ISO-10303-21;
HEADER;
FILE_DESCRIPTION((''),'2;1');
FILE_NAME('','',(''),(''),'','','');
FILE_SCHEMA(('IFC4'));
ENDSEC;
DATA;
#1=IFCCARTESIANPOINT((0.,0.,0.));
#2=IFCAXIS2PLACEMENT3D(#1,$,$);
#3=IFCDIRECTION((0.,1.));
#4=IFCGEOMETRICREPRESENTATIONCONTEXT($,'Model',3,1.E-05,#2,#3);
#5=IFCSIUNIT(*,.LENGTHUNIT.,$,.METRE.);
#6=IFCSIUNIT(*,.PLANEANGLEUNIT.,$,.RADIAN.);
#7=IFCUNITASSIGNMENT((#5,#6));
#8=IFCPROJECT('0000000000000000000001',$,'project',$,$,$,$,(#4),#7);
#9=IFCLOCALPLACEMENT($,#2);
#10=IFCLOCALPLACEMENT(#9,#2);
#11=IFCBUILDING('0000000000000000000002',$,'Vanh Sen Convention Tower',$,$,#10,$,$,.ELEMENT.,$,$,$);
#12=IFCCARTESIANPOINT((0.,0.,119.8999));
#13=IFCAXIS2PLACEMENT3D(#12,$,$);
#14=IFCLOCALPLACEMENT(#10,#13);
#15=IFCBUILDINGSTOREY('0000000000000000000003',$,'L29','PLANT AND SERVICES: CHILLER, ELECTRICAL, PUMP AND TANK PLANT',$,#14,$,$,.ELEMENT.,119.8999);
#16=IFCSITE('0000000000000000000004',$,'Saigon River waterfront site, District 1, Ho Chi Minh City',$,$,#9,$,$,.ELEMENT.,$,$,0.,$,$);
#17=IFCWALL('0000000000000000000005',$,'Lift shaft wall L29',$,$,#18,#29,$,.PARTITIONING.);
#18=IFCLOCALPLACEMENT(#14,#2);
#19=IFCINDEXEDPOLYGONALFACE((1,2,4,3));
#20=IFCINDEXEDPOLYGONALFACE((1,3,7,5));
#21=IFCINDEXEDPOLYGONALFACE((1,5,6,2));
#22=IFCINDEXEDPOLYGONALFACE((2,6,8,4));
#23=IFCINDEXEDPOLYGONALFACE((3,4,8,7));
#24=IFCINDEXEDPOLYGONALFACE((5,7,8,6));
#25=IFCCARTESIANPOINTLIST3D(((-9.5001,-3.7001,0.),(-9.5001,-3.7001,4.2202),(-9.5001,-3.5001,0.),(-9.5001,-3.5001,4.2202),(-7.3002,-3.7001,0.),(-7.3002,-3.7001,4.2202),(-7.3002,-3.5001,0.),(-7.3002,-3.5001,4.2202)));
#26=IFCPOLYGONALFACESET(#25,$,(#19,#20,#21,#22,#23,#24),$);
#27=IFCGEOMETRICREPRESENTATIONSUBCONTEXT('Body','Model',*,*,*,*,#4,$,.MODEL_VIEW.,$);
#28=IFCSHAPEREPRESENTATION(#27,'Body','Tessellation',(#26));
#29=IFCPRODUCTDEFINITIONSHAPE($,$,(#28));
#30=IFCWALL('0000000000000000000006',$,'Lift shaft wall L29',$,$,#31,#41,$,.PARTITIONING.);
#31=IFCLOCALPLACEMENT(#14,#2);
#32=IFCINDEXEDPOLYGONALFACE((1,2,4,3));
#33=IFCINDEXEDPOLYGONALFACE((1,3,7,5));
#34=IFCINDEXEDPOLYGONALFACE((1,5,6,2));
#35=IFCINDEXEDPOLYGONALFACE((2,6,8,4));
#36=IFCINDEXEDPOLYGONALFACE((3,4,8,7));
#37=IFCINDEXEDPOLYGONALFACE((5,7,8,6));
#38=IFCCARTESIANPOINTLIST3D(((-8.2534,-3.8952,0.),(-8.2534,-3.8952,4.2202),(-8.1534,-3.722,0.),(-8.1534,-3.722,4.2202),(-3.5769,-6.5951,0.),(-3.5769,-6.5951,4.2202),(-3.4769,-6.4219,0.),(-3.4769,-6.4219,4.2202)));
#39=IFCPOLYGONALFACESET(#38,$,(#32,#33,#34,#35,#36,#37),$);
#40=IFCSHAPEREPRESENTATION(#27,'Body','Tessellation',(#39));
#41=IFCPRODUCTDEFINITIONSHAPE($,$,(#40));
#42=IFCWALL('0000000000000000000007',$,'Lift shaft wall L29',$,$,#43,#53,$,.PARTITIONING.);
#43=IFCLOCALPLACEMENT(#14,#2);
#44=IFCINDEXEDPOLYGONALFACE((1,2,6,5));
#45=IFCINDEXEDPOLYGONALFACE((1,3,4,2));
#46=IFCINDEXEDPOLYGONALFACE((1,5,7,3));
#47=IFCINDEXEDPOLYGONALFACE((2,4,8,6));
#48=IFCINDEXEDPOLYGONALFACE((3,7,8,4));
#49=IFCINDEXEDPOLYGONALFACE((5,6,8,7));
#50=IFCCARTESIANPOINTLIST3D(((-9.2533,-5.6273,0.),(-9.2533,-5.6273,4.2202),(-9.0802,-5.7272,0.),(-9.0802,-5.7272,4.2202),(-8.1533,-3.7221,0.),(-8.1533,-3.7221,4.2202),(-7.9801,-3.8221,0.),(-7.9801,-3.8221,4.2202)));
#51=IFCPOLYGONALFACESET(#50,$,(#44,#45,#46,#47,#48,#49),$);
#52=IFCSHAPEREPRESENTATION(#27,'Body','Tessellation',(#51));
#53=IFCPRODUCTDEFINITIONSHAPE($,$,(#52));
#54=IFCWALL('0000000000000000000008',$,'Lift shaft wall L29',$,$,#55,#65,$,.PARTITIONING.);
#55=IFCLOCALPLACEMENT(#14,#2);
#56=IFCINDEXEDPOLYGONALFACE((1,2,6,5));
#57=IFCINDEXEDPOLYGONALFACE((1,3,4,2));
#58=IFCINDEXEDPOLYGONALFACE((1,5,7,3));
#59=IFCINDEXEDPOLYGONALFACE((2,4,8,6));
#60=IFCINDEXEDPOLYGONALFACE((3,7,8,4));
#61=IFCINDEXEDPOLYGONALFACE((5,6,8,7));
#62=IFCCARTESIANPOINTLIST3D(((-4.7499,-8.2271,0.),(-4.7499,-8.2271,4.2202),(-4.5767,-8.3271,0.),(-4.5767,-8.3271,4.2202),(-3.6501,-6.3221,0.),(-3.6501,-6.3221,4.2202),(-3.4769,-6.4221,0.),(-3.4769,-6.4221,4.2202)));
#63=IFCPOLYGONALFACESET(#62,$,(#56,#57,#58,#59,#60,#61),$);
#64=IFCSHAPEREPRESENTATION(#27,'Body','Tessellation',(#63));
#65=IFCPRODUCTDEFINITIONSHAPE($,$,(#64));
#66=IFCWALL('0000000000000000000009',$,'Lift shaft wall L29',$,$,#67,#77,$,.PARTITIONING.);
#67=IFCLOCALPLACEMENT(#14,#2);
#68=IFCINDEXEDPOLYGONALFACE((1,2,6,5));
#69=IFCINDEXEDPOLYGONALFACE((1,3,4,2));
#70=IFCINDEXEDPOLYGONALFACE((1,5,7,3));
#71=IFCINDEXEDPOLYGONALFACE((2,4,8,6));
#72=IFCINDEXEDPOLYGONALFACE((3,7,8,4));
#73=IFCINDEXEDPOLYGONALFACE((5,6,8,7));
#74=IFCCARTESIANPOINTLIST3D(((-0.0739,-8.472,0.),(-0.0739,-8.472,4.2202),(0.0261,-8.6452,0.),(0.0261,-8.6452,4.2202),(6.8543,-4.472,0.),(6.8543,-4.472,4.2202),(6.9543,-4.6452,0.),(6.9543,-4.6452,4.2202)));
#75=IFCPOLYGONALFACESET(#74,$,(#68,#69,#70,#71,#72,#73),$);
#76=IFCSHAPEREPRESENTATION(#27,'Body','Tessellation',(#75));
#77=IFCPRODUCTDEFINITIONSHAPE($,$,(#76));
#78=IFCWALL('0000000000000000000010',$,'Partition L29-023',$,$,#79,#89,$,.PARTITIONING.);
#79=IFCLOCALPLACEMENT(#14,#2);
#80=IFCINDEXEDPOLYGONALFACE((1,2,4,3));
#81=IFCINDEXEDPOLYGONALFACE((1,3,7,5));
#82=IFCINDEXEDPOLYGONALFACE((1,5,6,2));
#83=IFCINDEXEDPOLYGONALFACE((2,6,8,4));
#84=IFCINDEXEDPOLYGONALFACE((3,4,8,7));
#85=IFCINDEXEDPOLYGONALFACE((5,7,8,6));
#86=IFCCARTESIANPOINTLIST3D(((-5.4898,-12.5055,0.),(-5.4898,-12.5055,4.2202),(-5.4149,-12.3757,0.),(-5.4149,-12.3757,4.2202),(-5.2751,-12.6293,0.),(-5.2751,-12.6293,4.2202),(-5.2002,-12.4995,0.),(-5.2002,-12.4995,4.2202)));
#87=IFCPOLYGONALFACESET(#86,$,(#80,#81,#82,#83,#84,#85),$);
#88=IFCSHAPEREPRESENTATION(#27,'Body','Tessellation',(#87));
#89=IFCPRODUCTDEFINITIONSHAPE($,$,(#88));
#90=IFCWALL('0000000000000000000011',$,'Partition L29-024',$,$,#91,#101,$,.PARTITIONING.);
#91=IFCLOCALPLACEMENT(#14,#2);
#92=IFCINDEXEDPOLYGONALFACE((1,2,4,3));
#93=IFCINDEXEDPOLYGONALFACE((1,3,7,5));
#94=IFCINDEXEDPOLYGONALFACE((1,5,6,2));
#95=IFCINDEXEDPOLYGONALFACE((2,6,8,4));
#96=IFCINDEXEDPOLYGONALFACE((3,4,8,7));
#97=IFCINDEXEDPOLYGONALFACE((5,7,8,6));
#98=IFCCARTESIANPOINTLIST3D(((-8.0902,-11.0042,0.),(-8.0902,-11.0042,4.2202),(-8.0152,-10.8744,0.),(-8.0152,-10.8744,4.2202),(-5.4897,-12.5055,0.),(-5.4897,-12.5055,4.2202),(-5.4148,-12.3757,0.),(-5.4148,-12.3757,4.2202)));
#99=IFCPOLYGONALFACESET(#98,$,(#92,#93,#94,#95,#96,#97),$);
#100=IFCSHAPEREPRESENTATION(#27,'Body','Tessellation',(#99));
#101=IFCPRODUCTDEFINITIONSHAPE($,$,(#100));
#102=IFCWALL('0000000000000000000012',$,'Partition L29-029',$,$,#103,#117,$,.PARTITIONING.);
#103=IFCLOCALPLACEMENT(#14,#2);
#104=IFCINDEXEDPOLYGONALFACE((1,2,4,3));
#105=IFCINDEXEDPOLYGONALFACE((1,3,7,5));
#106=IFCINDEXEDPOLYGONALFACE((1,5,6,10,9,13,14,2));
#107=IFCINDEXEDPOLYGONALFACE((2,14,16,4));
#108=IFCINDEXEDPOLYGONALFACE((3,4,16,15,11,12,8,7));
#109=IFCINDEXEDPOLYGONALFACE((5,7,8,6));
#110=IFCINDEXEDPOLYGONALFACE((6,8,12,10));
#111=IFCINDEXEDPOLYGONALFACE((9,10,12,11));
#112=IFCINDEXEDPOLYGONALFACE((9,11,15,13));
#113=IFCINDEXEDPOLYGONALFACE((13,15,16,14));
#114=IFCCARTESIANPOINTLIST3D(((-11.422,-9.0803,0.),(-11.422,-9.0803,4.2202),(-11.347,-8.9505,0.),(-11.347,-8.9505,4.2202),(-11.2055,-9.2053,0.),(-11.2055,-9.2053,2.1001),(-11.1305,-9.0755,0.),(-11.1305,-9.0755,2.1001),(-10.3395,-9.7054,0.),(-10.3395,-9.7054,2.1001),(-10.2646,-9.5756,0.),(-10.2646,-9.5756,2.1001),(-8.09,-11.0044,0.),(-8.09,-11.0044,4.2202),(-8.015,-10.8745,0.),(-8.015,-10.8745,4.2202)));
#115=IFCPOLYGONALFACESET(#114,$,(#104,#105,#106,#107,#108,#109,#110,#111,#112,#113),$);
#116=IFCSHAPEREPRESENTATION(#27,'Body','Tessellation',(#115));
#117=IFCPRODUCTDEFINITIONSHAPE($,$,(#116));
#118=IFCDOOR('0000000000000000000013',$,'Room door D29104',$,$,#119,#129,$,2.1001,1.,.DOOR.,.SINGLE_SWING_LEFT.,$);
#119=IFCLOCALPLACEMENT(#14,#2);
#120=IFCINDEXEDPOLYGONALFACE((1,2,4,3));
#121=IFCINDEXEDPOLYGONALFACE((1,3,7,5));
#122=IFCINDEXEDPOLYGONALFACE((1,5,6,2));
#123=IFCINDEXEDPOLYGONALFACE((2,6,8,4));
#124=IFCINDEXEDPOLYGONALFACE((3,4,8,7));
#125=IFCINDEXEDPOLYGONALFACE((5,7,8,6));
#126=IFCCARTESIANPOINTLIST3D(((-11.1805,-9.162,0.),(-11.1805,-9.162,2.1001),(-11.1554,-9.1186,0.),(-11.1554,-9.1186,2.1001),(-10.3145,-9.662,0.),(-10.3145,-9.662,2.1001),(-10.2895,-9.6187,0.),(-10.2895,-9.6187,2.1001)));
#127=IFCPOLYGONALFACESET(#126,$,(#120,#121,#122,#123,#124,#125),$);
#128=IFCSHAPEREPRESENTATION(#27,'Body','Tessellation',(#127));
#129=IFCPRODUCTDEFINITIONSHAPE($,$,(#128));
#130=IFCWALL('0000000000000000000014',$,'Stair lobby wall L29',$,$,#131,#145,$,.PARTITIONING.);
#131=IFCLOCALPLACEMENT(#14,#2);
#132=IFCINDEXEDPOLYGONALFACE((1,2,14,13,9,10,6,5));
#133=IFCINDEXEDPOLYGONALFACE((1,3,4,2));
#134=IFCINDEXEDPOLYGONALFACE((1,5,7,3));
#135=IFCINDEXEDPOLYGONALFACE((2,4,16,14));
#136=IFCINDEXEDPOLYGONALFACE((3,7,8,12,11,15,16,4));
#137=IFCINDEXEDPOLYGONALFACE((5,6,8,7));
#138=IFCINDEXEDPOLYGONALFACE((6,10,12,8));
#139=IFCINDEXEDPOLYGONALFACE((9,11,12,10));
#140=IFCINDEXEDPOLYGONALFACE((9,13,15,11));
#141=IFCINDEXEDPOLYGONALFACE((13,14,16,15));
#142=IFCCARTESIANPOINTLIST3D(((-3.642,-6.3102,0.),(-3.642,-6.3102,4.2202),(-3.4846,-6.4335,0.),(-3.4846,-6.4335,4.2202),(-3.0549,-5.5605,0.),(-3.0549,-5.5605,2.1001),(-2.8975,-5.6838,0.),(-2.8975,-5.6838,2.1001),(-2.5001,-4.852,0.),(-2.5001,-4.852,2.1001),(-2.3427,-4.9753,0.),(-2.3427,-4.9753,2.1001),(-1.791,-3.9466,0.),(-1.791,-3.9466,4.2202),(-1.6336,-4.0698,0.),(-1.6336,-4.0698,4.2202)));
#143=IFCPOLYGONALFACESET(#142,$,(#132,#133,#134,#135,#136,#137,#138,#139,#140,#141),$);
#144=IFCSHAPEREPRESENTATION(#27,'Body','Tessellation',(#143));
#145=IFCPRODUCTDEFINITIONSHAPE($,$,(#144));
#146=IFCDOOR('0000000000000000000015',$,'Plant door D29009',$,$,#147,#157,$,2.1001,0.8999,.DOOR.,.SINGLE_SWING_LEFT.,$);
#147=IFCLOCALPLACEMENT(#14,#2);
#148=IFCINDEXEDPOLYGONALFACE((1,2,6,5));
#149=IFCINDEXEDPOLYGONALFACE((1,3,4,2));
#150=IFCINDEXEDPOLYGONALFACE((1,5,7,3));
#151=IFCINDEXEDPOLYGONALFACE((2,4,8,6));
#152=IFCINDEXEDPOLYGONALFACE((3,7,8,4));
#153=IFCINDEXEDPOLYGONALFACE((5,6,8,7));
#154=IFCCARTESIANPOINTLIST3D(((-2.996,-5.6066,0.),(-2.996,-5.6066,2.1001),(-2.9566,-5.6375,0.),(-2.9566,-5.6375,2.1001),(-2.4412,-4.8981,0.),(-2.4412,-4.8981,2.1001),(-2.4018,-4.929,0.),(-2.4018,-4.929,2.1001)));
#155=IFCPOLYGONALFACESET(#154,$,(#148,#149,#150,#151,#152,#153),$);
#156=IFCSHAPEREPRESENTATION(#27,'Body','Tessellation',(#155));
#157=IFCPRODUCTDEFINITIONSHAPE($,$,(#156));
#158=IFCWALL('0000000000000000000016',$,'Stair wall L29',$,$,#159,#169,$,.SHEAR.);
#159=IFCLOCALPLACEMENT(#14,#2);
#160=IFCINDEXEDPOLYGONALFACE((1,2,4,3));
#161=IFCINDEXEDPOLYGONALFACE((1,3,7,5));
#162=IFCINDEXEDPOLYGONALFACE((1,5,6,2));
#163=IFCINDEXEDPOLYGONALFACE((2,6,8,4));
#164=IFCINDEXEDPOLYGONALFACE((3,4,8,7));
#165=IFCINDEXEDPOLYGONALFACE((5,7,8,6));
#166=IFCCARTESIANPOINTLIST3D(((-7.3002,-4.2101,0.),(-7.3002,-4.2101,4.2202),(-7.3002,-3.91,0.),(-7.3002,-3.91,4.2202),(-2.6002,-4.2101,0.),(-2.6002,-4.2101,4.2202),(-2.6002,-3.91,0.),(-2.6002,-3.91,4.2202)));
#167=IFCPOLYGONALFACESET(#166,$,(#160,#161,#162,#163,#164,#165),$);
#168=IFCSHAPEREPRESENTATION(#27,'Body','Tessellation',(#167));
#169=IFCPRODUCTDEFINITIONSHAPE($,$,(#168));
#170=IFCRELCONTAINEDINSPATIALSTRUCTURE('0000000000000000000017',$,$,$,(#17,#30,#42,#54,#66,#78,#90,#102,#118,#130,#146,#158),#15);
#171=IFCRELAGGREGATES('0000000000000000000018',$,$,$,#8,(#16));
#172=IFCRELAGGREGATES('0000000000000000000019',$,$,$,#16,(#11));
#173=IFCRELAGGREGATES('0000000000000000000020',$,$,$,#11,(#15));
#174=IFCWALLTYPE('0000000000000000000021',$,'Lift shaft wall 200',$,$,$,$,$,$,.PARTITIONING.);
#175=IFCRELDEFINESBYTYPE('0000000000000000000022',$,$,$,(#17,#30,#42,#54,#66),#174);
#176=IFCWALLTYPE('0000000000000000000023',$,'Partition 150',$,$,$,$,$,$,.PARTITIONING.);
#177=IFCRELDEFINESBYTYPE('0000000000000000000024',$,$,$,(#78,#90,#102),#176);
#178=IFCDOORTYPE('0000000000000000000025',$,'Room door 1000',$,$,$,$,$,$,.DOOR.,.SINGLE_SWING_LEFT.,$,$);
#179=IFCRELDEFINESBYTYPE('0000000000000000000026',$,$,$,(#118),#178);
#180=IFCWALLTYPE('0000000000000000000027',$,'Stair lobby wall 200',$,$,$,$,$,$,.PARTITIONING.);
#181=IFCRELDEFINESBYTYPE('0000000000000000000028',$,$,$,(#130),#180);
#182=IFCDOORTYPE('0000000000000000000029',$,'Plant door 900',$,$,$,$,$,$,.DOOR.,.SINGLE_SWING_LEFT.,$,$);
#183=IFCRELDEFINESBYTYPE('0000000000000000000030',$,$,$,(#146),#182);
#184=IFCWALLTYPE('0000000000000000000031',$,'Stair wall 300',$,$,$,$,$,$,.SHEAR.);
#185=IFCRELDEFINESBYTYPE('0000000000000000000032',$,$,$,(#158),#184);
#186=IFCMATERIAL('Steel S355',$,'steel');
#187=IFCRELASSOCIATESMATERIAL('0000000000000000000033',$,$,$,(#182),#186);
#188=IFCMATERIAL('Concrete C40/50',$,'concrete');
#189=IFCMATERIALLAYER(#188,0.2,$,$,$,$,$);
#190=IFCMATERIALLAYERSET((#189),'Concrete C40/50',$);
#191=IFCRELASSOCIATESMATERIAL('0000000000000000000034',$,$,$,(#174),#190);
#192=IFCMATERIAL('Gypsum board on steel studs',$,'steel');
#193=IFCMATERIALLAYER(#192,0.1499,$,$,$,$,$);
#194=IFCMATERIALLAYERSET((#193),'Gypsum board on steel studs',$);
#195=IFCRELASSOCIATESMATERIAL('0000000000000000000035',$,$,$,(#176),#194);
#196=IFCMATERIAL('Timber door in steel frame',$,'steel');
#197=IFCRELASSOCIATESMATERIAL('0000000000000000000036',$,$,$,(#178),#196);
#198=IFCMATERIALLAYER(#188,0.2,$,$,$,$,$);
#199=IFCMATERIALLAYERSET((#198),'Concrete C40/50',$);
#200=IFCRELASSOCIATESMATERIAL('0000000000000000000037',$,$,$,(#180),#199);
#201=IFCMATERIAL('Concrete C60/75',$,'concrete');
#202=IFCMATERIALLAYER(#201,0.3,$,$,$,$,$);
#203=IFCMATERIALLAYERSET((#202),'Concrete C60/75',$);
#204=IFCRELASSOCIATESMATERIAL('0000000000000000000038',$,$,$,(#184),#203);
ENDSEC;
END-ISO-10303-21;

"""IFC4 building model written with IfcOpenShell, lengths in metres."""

from ifc_helpers import new_model, si_unit, direction, frame, frame_2d, origin, place, context, subcontext, project, spatial, rectangle, extrude, material, layer, layer_set, type_object, element, fill, save


model = new_model("IFC4")

# Units and contexts
model_context = context("Model", 3, precision=1e-05, world=origin(), true_north=direction((0.0, 1.0)))
body_context = subcontext(model_context, "Body", "Model", "MODEL_VIEW")
ifc_project = project(units=[si_unit("LENGTHUNIT", "METRE"), si_unit("PLANEANGLEUNIT", "RADIAN")], contexts=[model_context])

# Site, building, storey
site_placement = place(None, origin())
site = spatial("IfcSite", under=ifc_project, at=site_placement, Name="Saigon River waterfront site, District 1, Ho Chi Minh City", CompositionType="ELEMENT", RefElevation=0.0)
building_placement = place(site_placement, origin())
building = spatial("IfcBuilding", under=site, at=building_placement, Name="Vanh Sen Convention Tower", CompositionType="ELEMENT")
storey_placement = place(building_placement, frame((0.0, 0.0, 119.8999)))
storey = spatial("IfcBuildingStorey", under=building, at=storey_placement, Name="L29", Description="PLANT AND SERVICES: CHILLER, ELECTRICAL, PUMP AND TANK PLANT", CompositionType="ELEMENT", Elevation=119.8999)

# Shared definitions
ifc_material_1 = material(Name="Concrete C40/50", Category="concrete")

# Shared definitions
ifc_material_2 = material(Name="Steel S355", Category="steel")
door_type_1 = type_object("IfcDoorType", Name="Plant door 900", OperationType="SINGLE_SWING_LEFT", PredefinedType="DOOR", material=ifc_material_2)

# Walls
ifc_layer_1 = layer(ifc_material_1, 0.2)
ifc_layer_set_1 = layer_set([ifc_layer_1], Name="Concrete C40/50")
wall_type_1 = type_object("IfcWallType", Name="Lift shaft wall 200", PredefinedType="PARTITIONING", material=ifc_layer_set_1)
wall_1_placement = place(storey_placement, frame((-7.3, -3.6001, 0.0), z_axis=(0.0, 0.0, 1.0), x_axis=(-1.0, 0.0, 0.0)))
element("IfcWall", 1, at=wall_1_placement, inside=storey, type_object=wall_type_1, Name="Lift shaft wall L29", PredefinedType="PARTITIONING", context=body_context, shape_type="SweptSolid", body=[
    extrude(rectangle(XDim=2.2, YDim=0.2, at=frame_2d((1.1001, 0.0))), origin(), (0.0, 0.0, 1.0), 4.2202),
])
wall_2_placement = place(storey_placement, frame((-8.2034, -3.8086, 0.0), z_axis=(0.0, 0.0, 1.0), x_axis=(0.866028, -0.499995, 0.0)))
element("IfcWall", 2, at=wall_2_placement, inside=storey, type_object=wall_type_1, Name="Lift shaft wall L29", PredefinedType="PARTITIONING", context=body_context, shape_type="SweptSolid", body=[
    extrude(rectangle(XDim=5.3999, YDim=0.2, at=frame_2d((2.7, 0.0))), origin(), (0.0, 0.0, 1.0), 4.2202),
])
wall_3_placement = place(storey_placement, frame((-8.0667, -3.772, 0.0), z_axis=(0.0, 0.0, 1.0), x_axis=(-0.50003, -0.866008, 0.0)))
element("IfcWall", 3, at=wall_3_placement, inside=storey, type_object=wall_type_1, Name="Lift shaft wall L29", PredefinedType="PARTITIONING", context=body_context, shape_type="SweptSolid", body=[
    extrude(rectangle(XDim=2.2, YDim=0.2, at=frame_2d((1.1001, 0.0))), origin(), (0.0, 0.0, 1.0), 4.2202),
])
wall_4_placement = place(storey_placement, frame((-3.5635, -6.3721, 0.0), z_axis=(0.0, 0.0, 1.0), x_axis=(-0.499995, -0.866028, 0.0)))
element("IfcWall", 4, at=wall_4_placement, inside=storey, type_object=wall_type_1, Name="Lift shaft wall L29", PredefinedType="PARTITIONING", context=body_context, shape_type="SweptSolid", body=[
    extrude(rectangle(XDim=2.1997, YDim=0.2, at=frame_2d((1.0999, 0.0))), origin(), (0.0, 0.0, 1.0), 4.2202),
])
wall_5_placement = place(storey_placement, frame((-0.0239, -8.5586, 0.0), z_axis=(0.0, 0.0, 1.0), x_axis=(0.866026, 0.499999, 0.0)))
element("IfcWall", 5, at=wall_5_placement, inside=storey, type_object=wall_type_1, Name="Lift shaft wall L29", PredefinedType="PARTITIONING", context=body_context, shape_type="SweptSolid", body=[
    extrude(rectangle(XDim=8.0, YDim=0.2, at=frame_2d((4.0, 0.0))), origin(), (0.0, 0.0, 1.0), 4.2202),
])
ifc_material_3 = material(Name="Gypsum board on steel studs", Category="steel")
ifc_layer_2 = layer(ifc_material_3, 0.1499)
ifc_layer_set_2 = layer_set([ifc_layer_2], Name="Gypsum board on steel studs")
wall_type_2 = type_object("IfcWallType", Name="Partition 150", PredefinedType="PARTITIONING", material=ifc_layer_set_2)
wall_6_placement = place(storey_placement, frame((-5.2375, -12.5645, 0.0), z_axis=(0.0, 0.0, 1.0), x_axis=(-0.866235, 0.499637, 0.0)))
element("IfcWall", 6, at=wall_6_placement, inside=storey, type_object=wall_type_2, Name="Partition L29-023", PredefinedType="PARTITIONING", context=body_context, shape_type="SweptSolid", body=[
    extrude(rectangle(XDim=0.2478, YDim=0.1499, at=frame_2d((0.124, 0.0))), origin(), (0.0, 0.0, 1.0), 4.2202),
])
wall_7_placement = place(storey_placement, frame((-5.4521, -12.4407, 0.0), z_axis=(0.0, 0.0, 1.0), x_axis=(-0.866038, 0.499978, 0.0)))
element("IfcWall", 7, at=wall_7_placement, inside=storey, type_object=wall_type_2, Name="Partition L29-024", PredefinedType="PARTITIONING", context=body_context, shape_type="SweptSolid", body=[
    extrude(rectangle(XDim=3.0027, YDim=0.1499, at=frame_2d((1.5015, 0.0))), origin(), (0.0, 0.0, 1.0), 4.2202),
])

# Walls, openings, doors
wall_8_placement = place(storey_placement, frame((-8.0525, -10.9395, 0.0), z_axis=(0.0, 0.0, 1.0), x_axis=(-0.865989, 0.500063, 0.0)))
wall_8 = element("IfcWall", 8, at=wall_8_placement, inside=storey, type_object=wall_type_2, Name="Partition L29-029", PredefinedType="PARTITIONING", context=body_context, shape_type="SweptSolid", body=[
    extrude(rectangle(XDim=3.8477, YDim=0.1499, at=frame_2d((1.9238, 0.0))), origin(), (0.0, 0.0, 1.0), 4.2202),
])
opening_1_placement = place(wall_8_placement, frame((2.5977, 0.0, 0.0)))
opening_1 = element("IfcOpeningElement", 9, at=opening_1_placement, cuts=wall_8, PredefinedType="OPENING", context=body_context, shape_type="SweptSolid", body=[
    extrude(rectangle(XDim=1.0, YDim=2.1001, at=frame_2d((0.5, 1.05))), frame((0.0, 0.085, 0.0), z_axis=(0.0, -1.0, 0.0), x_axis=(1.0, 0.0, 0.0)), (0.0, 0.0, 1.0), 0.1699),
])
ifc_material_4 = material(Name="Timber door in steel frame", Category="steel")
door_type_2 = type_object("IfcDoorType", Name="Room door 1000", OperationType="SINGLE_SWING_LEFT", PredefinedType="DOOR", material=ifc_material_4)
door_1_placement = place(opening_1_placement, origin())
door_1 = element("IfcDoor", 10, at=door_1_placement, inside=storey, type_object=door_type_2, Name="Room door D29104", OperationType="SINGLE_SWING_LEFT", OverallHeight=2.1001, OverallWidth=1.0, PredefinedType="DOOR", context=body_context, shape_type="SweptSolid", body=[
    extrude(rectangle(XDim=1.0, YDim=2.1001, at=frame_2d((0.5, 1.05))), frame((0.0, 0.0249, 0.0), z_axis=(0.0, -1.0, 0.0), x_axis=(1.0, 0.0, 0.0)), (0.0, 0.0, 1.0), 0.05),
])
fill(opening_1, door_1)
ifc_layer_3 = layer(ifc_material_1, 0.2)
ifc_layer_set_3 = layer_set([ifc_layer_3], Name="Concrete C40/50")
wall_type_3 = type_object("IfcWallType", Name="Stair lobby wall 200", PredefinedType="PARTITIONING", material=ifc_layer_set_3)
wall_9_placement = place(storey_placement, frame((-1.7124, -4.0083, 0.0), z_axis=(0.0, 0.0, 1.0), x_axis=(-0.616549, -0.787316, 0.0)))
wall_9 = element("IfcWall", 11, at=wall_9_placement, inside=storey, type_object=wall_type_3, Name="Stair lobby wall L29", PredefinedType="PARTITIONING", context=body_context, shape_type="SweptSolid", body=[
    extrude(rectangle(XDim=3.0022, YDim=0.2, at=frame_2d((1.501, 0.0))), origin(), (0.0, 0.0, 1.0), 4.2202),
])
opening_2_placement = place(wall_9_placement, frame((1.1499, 0.0, 0.0)))
opening_2 = element("IfcOpeningElement", 12, at=opening_2_placement, cuts=wall_9, PredefinedType="OPENING", context=body_context, shape_type="SweptSolid", body=[
    extrude(rectangle(XDim=0.8999, YDim=2.1001, at=frame_2d((0.45, 1.05))), frame((0.0, 0.1099, 0.0), z_axis=(0.0, -1.0, 0.0), x_axis=(1.0, 0.0, 0.0)), (0.0, 0.0, 1.0), 0.22),
])
door_2_placement = place(opening_2_placement, origin())
door_2 = element("IfcDoor", 13, at=door_2_placement, inside=storey, type_object=door_type_1, Name="Plant door D29009", OperationType="SINGLE_SWING_LEFT", OverallHeight=2.1001, OverallWidth=0.8999, PredefinedType="DOOR", context=body_context, shape_type="SweptSolid", body=[
    extrude(rectangle(XDim=0.8999, YDim=2.1001, at=frame_2d((0.45, 1.05))), frame((0.0, 0.0249, 0.0), z_axis=(0.0, -1.0, 0.0), x_axis=(1.0, 0.0, 0.0)), (0.0, 0.0, 1.0), 0.05),
])
fill(opening_2, door_2)

# Wall
ifc_material_5 = material(Name="Concrete C60/75", Category="concrete")
ifc_layer_4 = layer(ifc_material_5, 0.3)
ifc_layer_set_4 = layer_set([ifc_layer_4], Name="Concrete C60/75")
wall_type_4 = type_object("IfcWallType", Name="Stair wall 300", PredefinedType="SHEAR", material=ifc_layer_set_4)
wall_10_placement = place(storey_placement, frame((-2.6001, -4.0601, 0.0), z_axis=(0.0, 0.0, 1.0), x_axis=(-1.0, 0.0, 0.0)))
element("IfcWall", 14, at=wall_10_placement, inside=storey, type_object=wall_type_4, Name="Stair wall L29", PredefinedType="SHEAR", context=body_context, shape_type="SweptSolid", body=[
    extrude(rectangle(XDim=4.7, YDim=0.3, at=frame_2d((2.3501, 0.0))), origin(), (0.0, 0.0, 1.0), 4.2202),
])

save(model, "model.ifc")
